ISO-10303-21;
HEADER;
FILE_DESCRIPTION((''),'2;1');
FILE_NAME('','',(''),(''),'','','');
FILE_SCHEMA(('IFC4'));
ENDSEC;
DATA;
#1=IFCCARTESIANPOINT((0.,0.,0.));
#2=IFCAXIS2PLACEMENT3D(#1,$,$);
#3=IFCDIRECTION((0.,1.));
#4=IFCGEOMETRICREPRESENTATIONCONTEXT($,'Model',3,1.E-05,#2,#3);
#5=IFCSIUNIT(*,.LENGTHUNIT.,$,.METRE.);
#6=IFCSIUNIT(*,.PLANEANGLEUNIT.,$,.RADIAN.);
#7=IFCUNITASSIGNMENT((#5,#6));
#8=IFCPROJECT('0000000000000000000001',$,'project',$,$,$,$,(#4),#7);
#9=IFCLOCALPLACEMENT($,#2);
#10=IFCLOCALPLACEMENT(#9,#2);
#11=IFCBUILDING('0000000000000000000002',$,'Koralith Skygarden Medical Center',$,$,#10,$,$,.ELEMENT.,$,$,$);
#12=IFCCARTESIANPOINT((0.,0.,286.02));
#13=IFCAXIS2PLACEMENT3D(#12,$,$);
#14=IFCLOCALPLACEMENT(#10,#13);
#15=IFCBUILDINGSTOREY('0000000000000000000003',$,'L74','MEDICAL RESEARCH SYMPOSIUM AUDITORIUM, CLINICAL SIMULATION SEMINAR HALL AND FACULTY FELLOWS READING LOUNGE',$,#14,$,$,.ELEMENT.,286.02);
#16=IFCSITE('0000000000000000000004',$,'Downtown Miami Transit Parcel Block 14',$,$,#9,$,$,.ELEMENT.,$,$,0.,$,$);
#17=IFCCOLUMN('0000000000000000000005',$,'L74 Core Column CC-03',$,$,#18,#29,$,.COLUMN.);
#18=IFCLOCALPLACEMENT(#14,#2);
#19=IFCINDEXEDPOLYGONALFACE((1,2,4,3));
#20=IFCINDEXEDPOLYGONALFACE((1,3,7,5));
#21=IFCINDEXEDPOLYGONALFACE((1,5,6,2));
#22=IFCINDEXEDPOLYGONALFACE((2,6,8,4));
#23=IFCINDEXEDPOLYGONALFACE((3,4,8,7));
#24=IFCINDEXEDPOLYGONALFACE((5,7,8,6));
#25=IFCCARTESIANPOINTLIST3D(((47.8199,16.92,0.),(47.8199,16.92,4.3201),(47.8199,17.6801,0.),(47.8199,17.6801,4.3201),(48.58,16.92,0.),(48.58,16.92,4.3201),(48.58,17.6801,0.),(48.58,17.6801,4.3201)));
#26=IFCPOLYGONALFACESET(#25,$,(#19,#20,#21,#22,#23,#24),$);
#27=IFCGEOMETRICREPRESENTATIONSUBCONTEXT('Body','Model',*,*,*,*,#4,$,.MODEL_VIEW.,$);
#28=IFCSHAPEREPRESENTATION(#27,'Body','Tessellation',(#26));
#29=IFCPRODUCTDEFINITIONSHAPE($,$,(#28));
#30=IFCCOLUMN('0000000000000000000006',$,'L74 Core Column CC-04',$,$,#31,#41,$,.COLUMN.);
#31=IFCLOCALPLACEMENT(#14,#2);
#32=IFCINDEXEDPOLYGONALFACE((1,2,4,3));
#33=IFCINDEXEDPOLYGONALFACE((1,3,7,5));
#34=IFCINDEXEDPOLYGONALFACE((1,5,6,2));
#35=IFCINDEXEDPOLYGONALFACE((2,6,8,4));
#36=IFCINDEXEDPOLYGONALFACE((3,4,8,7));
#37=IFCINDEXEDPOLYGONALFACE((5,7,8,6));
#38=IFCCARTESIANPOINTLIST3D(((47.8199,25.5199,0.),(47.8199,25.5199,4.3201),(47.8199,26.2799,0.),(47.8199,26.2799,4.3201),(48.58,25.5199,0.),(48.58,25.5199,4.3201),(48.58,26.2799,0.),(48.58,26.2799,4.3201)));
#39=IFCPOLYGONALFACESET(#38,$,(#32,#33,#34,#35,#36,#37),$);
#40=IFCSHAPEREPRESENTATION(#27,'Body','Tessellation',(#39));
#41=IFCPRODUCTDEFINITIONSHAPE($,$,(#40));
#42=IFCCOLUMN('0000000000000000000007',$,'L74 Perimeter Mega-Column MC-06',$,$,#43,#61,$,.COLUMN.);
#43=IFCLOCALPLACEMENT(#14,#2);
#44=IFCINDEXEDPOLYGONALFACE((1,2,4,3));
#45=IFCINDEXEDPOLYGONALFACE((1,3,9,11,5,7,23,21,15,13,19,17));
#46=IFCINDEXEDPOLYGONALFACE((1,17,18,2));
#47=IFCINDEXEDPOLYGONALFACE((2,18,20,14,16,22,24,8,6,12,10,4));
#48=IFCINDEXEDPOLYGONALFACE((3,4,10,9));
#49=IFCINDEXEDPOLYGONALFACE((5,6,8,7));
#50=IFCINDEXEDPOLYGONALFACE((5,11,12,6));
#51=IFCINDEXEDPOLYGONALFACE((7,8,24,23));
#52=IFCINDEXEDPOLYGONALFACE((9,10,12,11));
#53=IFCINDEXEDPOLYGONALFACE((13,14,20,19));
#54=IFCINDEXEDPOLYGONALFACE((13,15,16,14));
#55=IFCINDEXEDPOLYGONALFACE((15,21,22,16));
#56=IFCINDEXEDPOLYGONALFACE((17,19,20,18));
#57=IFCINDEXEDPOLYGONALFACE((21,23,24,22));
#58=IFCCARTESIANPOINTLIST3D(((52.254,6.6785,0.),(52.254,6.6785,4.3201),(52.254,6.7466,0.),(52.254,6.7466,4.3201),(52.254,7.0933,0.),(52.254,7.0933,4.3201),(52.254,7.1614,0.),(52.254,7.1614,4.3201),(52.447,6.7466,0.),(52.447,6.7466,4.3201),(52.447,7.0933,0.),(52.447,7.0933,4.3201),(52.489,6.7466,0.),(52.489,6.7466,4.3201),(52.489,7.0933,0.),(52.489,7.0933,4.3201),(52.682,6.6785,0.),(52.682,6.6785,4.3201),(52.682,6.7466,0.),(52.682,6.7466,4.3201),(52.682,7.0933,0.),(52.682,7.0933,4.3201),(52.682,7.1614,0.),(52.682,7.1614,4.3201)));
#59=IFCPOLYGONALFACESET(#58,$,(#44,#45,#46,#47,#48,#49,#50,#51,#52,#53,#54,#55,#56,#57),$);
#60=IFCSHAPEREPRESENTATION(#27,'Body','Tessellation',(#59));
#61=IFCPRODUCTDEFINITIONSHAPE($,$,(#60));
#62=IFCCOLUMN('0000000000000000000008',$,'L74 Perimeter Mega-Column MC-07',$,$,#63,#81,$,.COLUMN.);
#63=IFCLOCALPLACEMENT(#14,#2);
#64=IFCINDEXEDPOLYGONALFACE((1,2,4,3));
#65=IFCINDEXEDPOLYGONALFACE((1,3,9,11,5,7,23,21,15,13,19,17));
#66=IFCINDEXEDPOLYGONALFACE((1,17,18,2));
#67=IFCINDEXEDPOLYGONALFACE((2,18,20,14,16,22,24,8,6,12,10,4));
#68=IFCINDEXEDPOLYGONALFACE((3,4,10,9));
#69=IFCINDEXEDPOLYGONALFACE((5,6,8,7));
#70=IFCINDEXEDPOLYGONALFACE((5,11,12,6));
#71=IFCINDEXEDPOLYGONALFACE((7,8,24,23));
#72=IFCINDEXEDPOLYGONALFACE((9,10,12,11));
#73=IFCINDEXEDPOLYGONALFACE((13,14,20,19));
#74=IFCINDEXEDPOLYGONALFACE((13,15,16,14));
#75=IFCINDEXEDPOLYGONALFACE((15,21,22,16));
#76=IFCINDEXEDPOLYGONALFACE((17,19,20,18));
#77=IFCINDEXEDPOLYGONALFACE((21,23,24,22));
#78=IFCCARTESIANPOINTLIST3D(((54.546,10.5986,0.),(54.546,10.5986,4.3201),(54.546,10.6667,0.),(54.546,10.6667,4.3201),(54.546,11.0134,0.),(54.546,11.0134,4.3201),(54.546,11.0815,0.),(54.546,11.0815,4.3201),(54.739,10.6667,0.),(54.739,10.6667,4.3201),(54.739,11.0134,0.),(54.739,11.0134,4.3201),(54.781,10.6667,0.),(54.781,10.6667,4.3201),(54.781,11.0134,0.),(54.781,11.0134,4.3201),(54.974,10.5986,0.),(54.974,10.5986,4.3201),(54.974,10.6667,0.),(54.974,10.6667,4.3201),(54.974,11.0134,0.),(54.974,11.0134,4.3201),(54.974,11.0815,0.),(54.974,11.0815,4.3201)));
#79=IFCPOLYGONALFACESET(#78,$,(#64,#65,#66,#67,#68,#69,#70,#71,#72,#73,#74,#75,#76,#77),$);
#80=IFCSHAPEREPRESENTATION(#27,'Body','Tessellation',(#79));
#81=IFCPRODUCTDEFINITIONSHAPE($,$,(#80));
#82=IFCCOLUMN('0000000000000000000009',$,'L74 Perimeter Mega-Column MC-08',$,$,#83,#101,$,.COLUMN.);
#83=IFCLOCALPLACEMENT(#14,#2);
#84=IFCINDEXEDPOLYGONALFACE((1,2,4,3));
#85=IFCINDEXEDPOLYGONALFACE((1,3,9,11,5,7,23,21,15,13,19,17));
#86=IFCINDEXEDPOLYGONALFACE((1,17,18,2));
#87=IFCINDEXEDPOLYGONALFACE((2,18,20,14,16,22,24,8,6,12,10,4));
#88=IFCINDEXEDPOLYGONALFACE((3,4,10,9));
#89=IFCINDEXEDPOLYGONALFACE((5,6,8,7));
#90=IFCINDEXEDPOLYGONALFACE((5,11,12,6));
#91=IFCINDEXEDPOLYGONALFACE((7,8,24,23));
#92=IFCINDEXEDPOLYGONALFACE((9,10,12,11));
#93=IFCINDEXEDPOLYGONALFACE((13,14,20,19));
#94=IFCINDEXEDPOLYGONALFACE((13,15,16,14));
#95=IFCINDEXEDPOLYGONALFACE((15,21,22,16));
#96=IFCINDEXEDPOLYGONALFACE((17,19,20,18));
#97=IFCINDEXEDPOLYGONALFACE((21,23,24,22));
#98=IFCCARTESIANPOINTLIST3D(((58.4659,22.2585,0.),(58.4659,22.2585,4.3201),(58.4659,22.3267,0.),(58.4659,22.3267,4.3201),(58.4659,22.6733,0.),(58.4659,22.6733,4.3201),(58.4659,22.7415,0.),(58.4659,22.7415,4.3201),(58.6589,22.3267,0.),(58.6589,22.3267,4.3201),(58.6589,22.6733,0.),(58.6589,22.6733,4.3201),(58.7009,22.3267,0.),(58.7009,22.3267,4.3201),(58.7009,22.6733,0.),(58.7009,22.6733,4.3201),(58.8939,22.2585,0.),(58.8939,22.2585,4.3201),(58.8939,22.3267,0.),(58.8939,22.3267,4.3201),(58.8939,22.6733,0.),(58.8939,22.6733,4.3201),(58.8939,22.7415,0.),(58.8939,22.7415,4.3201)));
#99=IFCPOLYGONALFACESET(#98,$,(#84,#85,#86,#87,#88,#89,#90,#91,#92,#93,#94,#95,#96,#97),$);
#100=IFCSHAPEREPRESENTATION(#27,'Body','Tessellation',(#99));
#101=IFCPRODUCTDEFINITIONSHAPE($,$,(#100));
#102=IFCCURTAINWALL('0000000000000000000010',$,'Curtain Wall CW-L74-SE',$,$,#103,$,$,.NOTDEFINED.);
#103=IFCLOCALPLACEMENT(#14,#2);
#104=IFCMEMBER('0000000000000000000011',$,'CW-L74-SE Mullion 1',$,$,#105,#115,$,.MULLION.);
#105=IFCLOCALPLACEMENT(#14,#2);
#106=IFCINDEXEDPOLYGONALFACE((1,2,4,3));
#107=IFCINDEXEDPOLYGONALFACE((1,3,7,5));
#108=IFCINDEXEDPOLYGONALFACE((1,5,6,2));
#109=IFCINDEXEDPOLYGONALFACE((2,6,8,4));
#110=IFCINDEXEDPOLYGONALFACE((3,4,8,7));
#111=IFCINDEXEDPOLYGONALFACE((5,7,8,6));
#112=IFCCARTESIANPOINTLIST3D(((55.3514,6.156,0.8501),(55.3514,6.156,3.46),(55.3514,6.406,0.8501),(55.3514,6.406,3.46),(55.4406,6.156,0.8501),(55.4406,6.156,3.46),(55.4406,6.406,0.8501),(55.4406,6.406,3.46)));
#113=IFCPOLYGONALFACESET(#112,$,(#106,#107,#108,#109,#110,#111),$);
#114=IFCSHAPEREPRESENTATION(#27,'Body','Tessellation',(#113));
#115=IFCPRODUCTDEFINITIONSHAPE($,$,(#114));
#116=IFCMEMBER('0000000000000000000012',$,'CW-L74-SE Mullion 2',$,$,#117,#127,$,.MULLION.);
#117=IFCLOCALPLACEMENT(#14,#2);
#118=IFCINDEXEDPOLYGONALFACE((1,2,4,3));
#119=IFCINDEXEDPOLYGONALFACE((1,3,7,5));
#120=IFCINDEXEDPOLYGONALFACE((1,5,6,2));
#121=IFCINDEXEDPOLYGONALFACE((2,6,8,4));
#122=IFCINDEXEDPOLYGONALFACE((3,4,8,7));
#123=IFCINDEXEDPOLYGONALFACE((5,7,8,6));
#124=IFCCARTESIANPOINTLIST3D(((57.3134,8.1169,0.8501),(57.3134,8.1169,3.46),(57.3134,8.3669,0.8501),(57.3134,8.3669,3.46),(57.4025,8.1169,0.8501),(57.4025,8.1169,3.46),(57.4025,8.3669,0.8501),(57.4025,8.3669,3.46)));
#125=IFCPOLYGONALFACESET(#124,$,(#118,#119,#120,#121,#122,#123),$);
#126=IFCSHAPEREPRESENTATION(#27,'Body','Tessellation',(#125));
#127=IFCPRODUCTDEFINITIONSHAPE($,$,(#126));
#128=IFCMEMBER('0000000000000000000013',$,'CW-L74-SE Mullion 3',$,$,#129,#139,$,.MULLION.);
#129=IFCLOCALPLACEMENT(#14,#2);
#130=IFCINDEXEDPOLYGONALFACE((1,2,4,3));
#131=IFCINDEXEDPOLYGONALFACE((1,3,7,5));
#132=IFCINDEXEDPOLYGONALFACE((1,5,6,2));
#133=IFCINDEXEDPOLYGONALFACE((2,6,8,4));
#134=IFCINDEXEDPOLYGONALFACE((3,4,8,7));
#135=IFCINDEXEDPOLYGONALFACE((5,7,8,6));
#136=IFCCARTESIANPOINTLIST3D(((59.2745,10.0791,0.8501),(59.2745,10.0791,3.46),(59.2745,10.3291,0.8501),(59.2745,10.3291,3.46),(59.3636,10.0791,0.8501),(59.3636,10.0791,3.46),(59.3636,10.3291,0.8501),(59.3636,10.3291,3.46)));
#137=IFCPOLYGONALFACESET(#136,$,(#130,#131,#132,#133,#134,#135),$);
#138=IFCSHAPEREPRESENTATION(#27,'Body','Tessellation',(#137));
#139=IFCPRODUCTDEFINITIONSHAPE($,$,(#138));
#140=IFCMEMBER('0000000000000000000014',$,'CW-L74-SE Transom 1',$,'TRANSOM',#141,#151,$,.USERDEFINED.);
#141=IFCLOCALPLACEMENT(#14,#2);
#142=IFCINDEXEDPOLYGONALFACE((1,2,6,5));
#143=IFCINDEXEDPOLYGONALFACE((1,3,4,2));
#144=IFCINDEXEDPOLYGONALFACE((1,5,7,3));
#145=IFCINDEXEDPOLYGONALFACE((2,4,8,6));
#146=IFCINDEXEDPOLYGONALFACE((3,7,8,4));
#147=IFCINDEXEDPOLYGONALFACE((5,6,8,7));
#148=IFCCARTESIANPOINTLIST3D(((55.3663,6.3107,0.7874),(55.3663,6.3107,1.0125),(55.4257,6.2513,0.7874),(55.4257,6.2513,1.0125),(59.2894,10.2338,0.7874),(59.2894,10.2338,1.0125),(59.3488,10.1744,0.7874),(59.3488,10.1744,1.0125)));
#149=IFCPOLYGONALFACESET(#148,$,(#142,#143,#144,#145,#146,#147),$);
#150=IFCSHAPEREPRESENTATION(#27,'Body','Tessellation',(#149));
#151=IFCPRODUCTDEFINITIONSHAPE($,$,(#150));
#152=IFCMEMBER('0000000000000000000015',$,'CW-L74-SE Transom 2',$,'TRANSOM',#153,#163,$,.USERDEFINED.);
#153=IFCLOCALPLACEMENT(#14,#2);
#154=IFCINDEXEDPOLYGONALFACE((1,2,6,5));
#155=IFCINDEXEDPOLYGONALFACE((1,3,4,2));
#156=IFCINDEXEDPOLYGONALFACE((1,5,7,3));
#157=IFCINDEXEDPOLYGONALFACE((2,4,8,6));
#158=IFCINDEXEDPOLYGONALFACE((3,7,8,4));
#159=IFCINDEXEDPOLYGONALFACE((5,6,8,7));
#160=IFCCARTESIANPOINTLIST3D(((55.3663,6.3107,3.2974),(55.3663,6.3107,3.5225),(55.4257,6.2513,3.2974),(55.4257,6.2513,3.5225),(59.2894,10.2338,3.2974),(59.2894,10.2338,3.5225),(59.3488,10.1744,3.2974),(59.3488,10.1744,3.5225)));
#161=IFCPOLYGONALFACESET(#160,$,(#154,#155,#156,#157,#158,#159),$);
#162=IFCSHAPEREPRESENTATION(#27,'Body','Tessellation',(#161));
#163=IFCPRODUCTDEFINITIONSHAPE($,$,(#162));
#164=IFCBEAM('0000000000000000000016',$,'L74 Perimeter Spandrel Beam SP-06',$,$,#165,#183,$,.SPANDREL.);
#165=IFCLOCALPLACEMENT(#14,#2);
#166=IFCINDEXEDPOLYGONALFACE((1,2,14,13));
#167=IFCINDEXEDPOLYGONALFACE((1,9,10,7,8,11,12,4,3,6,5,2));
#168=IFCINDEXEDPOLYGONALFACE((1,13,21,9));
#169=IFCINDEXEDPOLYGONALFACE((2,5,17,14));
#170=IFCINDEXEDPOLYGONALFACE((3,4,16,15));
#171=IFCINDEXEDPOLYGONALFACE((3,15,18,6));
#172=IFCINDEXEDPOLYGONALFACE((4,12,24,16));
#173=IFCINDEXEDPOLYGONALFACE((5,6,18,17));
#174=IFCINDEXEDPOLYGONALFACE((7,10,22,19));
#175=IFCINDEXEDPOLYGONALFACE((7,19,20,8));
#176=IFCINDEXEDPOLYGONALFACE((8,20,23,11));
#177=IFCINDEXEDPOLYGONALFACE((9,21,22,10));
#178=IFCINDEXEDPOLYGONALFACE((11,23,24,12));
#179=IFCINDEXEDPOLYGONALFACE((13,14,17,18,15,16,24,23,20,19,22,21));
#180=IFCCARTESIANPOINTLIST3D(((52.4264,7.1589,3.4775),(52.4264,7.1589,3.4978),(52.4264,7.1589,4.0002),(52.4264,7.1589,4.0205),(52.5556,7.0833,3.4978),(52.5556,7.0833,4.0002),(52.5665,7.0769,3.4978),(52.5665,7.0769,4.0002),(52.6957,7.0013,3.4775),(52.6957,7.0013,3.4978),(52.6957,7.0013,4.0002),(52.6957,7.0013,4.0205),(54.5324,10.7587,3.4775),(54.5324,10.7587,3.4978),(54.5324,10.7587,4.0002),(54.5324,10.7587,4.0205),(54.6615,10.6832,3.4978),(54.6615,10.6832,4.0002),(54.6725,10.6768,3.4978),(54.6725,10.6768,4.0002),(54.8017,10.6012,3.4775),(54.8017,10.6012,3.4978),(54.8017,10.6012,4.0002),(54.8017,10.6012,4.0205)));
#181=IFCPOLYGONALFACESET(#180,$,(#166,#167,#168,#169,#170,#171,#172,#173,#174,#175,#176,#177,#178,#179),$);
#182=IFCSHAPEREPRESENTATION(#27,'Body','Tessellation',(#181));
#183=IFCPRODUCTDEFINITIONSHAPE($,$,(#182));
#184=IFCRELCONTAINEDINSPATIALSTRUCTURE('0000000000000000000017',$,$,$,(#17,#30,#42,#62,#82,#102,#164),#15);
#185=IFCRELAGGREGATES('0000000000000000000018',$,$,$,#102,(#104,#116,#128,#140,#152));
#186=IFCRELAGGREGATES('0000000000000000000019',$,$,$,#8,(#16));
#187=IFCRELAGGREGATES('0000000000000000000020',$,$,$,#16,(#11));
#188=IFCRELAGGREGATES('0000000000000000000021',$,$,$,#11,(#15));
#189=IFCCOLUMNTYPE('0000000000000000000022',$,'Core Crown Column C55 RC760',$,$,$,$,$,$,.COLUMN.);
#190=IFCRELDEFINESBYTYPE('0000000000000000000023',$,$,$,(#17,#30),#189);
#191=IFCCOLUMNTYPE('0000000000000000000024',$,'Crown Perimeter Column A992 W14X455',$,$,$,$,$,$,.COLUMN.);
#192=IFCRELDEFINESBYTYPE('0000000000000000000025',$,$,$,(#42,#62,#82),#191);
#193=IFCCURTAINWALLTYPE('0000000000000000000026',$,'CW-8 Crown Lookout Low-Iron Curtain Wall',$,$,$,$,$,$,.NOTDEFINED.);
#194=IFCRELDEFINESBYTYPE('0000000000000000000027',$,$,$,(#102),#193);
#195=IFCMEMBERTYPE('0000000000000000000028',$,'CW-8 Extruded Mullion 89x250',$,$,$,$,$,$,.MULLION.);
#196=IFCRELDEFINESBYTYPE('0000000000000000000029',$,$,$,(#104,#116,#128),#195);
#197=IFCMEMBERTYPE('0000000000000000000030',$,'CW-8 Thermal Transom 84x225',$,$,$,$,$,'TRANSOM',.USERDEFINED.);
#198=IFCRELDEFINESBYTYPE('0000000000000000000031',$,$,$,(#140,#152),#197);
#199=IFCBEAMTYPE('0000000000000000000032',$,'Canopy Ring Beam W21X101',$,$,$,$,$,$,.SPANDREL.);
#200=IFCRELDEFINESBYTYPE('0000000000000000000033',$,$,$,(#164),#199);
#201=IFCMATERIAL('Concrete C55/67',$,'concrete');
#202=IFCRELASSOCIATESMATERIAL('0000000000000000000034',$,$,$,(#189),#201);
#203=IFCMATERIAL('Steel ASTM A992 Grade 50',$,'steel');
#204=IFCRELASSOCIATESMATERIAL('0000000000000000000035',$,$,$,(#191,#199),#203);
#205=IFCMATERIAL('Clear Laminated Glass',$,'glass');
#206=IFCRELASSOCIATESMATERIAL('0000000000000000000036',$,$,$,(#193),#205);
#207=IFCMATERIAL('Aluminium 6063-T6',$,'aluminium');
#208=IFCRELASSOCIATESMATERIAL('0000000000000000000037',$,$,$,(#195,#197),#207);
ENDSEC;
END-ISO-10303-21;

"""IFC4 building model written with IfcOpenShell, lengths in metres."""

from ifc_helpers import new_model, si_unit, direction, frame, origin, origin_2d, place, context, subcontext, project, spatial, rectangle, i_section, extrude, material, material_profile, profile_set, type_object, element, aggregate, save


model = new_model("IFC4")

# Units and contexts
model_context = context("Model", 3, precision=1e-05, world=origin(), true_north=direction((0.0, 1.0)))
body_context = subcontext(model_context, "Body", "Model", "MODEL_VIEW")
ifc_project = project(units=[si_unit("LENGTHUNIT", "METRE"), si_unit("PLANEANGLEUNIT", "RADIAN")], contexts=[model_context])

# Site, building, storey
site_placement = place(None, origin())
site = spatial("IfcSite", under=ifc_project, at=site_placement, Name="Downtown Miami Transit Parcel Block 14", CompositionType="ELEMENT", RefElevation=0.0)
building_placement = place(site_placement, origin())
building = spatial("IfcBuilding", under=site, at=building_placement, Name="Koralith Skygarden Medical Center", CompositionType="ELEMENT")
storey_placement = place(building_placement, frame((0.0, 0.0, 286.02)))
storey = spatial("IfcBuildingStorey", under=building, at=storey_placement, Name="L74", Description="MEDICAL RESEARCH SYMPOSIUM AUDITORIUM, CLINICAL SIMULATION SEMINAR HALL AND FACULTY FELLOWS READING LOUNGE", CompositionType="ELEMENT", Elevation=286.02)

# Columns
ifc_material_1 = material(Name="Concrete C55/67", Category="concrete")
ifc_material_profile_1 = material_profile(ifc_material_1, rectangle(XDim=0.76, YDim=0.76, at=origin_2d()), Name="RC760X760")
ifc_profile_set_1 = profile_set([ifc_material_profile_1], Name="Concrete C55/67")
column_type_1 = type_object("IfcColumnType", Name="Core Crown Column C55 RC760", PredefinedType="COLUMN", material=ifc_profile_set_1)
for number, where, z_axis, x_axis, name in (
    (1, (48.2, 17.3, 0.0), (0.0, 0.0, 1.0), (1.0, 0.0, 0.0), "L74 Core Column CC-03"),
    (2, (48.2, 25.8999, 0.0), (0.0, 0.0, 1.0), (1.0, 0.0, 0.0), "L74 Core Column CC-04"),
):
    element("IfcColumn", number, at=place(storey_placement, frame(where, z_axis=z_axis, x_axis=x_axis)), inside=storey, type_object=column_type_1, Name=name, PredefinedType="COLUMN", context=body_context, shape_type="SweptSolid", body=[
        extrude(rectangle(XDim=0.76, YDim=0.76, at=origin_2d()), origin(), (0.0, 0.0, 1.0), 4.3201),
    ])
ifc_material_2 = material(Name="Steel ASTM A992 Grade 50", Category="steel")
ifc_material_profile_2 = material_profile(ifc_material_2, i_section(OverallWidth=0.428, OverallDepth=0.4829, WebThickness=0.042, FlangeThickness=0.0681, at=origin_2d()), Name="W14X455")
ifc_profile_set_2 = profile_set([ifc_material_profile_2], Name="Steel ASTM A992 Grade 50")
column_type_2 = type_object("IfcColumnType", Name="Crown Perimeter Column A992 W14X455", PredefinedType="COLUMN", material=ifc_profile_set_2)
for number, where, z_axis, x_axis, name in (
    (3, (52.468, 6.9199, 0.0), (0.0, 0.0, 1.0), (1.0, 0.0, 0.0), "L74 Perimeter Mega-Column MC-06"),
    (4, (54.76, 10.8401, 0.0), (0.0, 0.0, 1.0), (1.0, 0.0, 0.0), "L74 Perimeter Mega-Column MC-07"),
    (5, (58.6799, 22.5, 0.0), (0.0, 0.0, 1.0), (1.0, 0.0, 0.0), "L74 Perimeter Mega-Column MC-08"),
):
    element("IfcColumn", number, at=place(storey_placement, frame(where, z_axis=z_axis, x_axis=x_axis)), inside=storey, type_object=column_type_2, Name=name, PredefinedType="COLUMN", context=body_context, shape_type="SweptSolid", body=[
        extrude(i_section(OverallWidth=0.428, OverallDepth=0.4829, WebThickness=0.042, FlangeThickness=0.0681, at=origin_2d()), origin(), (0.0, 0.0, 1.0), 4.3201),
    ])

# Curtain wall, members
ifc_material_3 = material(Name="Clear Laminated Glass", Category="glass")
curtain_wall_type = type_object("IfcCurtainWallType", Name="CW-8 Crown Lookout Low-Iron Curtain Wall", PredefinedType="NOTDEFINED", material=ifc_material_3)
curtain_wall_placement = place(storey_placement, origin())
curtain_wall = element("IfcCurtainWall", 6, at=curtain_wall_placement, inside=storey, type_object=curtain_wall_type, Name="Curtain Wall CW-L74-SE", PredefinedType="NOTDEFINED")
ifc_material_4 = material(Name="Aluminium 6063-T6", Category="aluminium")
ifc_material_profile_3 = material_profile(ifc_material_4, rectangle(XDim=0.0891, YDim=0.25, at=origin_2d()), Name="MUL89X250")
ifc_profile_set_3 = profile_set([ifc_material_profile_3], Name="Aluminium 6063-T6")
member_type_1 = type_object("IfcMemberType", Name="CW-8 Extruded Mullion 89x250", PredefinedType="MULLION", material=ifc_profile_set_3)
member_1_placement = place(storey_placement, frame((55.396, 6.281, 0.8501), z_axis=(0.0, 0.0, 1.0), x_axis=(1.0, 0.0, 0.0)))
member_1 = element("IfcMember", 7, at=member_1_placement, type_object=member_type_1, Name="CW-L74-SE Mullion 1", PredefinedType="MULLION", context=body_context, shape_type="SweptSolid", body=[
    extrude(rectangle(XDim=0.0891, YDim=0.25, at=origin_2d()), origin(), (0.0, 0.0, 1.0), 2.6099),
])
member_2_placement = place(storey_placement, frame((57.3579, 8.2419, 0.8501), z_axis=(0.0, 0.0, 1.0), x_axis=(1.0, 0.0, 0.0)))
member_2 = element("IfcMember", 8, at=member_2_placement, type_object=member_type_1, Name="CW-L74-SE Mullion 2", PredefinedType="MULLION", context=body_context, shape_type="SweptSolid", body=[
    extrude(rectangle(XDim=0.0891, YDim=0.25, at=origin_2d()), origin(), (0.0, 0.0, 1.0), 2.6099),
])
member_3_placement = place(storey_placement, frame((59.3191, 10.2041, 0.8501), z_axis=(0.0, 0.0, 1.0), x_axis=(1.0, 0.0, 0.0)))
member_3 = element("IfcMember", 9, at=member_3_placement, type_object=member_type_1, Name="CW-L74-SE Mullion 3", PredefinedType="MULLION", context=body_context, shape_type="SweptSolid", body=[
    extrude(rectangle(XDim=0.0891, YDim=0.25, at=origin_2d()), origin(), (0.0, 0.0, 1.0), 2.6099),
])
ifc_material_profile_4 = material_profile(ifc_material_4, rectangle(XDim=0.084, YDim=0.2251, at=origin_2d()), Name="TRN84X225")
ifc_profile_set_4 = profile_set([ifc_material_profile_4], Name="Aluminium 6063-T6")
member_type_2 = type_object("IfcMemberType", Name="CW-8 Thermal Transom 84x225", ElementType="TRANSOM", PredefinedType="USERDEFINED", material=ifc_profile_set_4)
member_4_placement = place(storey_placement, frame((55.396, 6.281, 0.8999), z_axis=(0.707107, 0.707107, 0.0), x_axis=(-0.707107, 0.707107, 0.0)))
member_4 = element("IfcMember", 10, at=member_4_placement, type_object=member_type_2, Name="CW-L74-SE Transom 1", ObjectType="TRANSOM", PredefinedType="USERDEFINED", context=body_context, shape_type="SweptSolid", body=[
    extrude(rectangle(XDim=0.084, YDim=0.2251, at=origin_2d()), origin(), (0.0, 0.0, 1.0), 5.5481),
])
member_5_placement = place(storey_placement, frame((55.396, 6.281, 3.4099), z_axis=(0.707107, 0.707107, 0.0), x_axis=(-0.707107, 0.707107, 0.0)))
member_5 = element("IfcMember", 11, at=member_5_placement, type_object=member_type_2, Name="CW-L74-SE Transom 2", ObjectType="TRANSOM", PredefinedType="USERDEFINED", context=body_context, shape_type="SweptSolid", body=[
    extrude(rectangle(XDim=0.084, YDim=0.2251, at=origin_2d()), origin(), (0.0, 0.0, 1.0), 5.5481),
])

# Beam
ifc_material_profile_5 = material_profile(ifc_material_2, i_section(OverallWidth=0.312, OverallDepth=0.543, WebThickness=0.0127, FlangeThickness=0.0203, at=origin_2d()), Name="W21X101")
ifc_profile_set_5 = profile_set([ifc_material_profile_5], Name="Steel ASTM A992 Grade 50")
beam_type_1 = type_object("IfcBeamType", Name="Canopy Ring Beam W21X101", PredefinedType="SPANDREL", material=ifc_profile_set_5)
beam_1_placement = place(storey_placement, frame((52.561, 7.0801, 3.749), z_axis=(0.504952, 0.863148, 0.0), x_axis=(-0.863148, 0.504952, 0.0)))
element("IfcBeam", 12, at=beam_1_placement, inside=storey, type_object=beam_type_1, Name="L74 Perimeter Spandrel Beam SP-06", PredefinedType="SPANDREL", context=body_context, shape_type="SweptSolid", body=[
    extrude(i_section(OverallWidth=0.312, OverallDepth=0.543, WebThickness=0.0127, FlangeThickness=0.0203, at=origin_2d()), origin(), (0.0, 0.0, 1.0), 4.1707),
])

aggregate(curtain_wall, [member_1, member_2, member_3, member_4, member_5])

save(model, "model.ifc")
